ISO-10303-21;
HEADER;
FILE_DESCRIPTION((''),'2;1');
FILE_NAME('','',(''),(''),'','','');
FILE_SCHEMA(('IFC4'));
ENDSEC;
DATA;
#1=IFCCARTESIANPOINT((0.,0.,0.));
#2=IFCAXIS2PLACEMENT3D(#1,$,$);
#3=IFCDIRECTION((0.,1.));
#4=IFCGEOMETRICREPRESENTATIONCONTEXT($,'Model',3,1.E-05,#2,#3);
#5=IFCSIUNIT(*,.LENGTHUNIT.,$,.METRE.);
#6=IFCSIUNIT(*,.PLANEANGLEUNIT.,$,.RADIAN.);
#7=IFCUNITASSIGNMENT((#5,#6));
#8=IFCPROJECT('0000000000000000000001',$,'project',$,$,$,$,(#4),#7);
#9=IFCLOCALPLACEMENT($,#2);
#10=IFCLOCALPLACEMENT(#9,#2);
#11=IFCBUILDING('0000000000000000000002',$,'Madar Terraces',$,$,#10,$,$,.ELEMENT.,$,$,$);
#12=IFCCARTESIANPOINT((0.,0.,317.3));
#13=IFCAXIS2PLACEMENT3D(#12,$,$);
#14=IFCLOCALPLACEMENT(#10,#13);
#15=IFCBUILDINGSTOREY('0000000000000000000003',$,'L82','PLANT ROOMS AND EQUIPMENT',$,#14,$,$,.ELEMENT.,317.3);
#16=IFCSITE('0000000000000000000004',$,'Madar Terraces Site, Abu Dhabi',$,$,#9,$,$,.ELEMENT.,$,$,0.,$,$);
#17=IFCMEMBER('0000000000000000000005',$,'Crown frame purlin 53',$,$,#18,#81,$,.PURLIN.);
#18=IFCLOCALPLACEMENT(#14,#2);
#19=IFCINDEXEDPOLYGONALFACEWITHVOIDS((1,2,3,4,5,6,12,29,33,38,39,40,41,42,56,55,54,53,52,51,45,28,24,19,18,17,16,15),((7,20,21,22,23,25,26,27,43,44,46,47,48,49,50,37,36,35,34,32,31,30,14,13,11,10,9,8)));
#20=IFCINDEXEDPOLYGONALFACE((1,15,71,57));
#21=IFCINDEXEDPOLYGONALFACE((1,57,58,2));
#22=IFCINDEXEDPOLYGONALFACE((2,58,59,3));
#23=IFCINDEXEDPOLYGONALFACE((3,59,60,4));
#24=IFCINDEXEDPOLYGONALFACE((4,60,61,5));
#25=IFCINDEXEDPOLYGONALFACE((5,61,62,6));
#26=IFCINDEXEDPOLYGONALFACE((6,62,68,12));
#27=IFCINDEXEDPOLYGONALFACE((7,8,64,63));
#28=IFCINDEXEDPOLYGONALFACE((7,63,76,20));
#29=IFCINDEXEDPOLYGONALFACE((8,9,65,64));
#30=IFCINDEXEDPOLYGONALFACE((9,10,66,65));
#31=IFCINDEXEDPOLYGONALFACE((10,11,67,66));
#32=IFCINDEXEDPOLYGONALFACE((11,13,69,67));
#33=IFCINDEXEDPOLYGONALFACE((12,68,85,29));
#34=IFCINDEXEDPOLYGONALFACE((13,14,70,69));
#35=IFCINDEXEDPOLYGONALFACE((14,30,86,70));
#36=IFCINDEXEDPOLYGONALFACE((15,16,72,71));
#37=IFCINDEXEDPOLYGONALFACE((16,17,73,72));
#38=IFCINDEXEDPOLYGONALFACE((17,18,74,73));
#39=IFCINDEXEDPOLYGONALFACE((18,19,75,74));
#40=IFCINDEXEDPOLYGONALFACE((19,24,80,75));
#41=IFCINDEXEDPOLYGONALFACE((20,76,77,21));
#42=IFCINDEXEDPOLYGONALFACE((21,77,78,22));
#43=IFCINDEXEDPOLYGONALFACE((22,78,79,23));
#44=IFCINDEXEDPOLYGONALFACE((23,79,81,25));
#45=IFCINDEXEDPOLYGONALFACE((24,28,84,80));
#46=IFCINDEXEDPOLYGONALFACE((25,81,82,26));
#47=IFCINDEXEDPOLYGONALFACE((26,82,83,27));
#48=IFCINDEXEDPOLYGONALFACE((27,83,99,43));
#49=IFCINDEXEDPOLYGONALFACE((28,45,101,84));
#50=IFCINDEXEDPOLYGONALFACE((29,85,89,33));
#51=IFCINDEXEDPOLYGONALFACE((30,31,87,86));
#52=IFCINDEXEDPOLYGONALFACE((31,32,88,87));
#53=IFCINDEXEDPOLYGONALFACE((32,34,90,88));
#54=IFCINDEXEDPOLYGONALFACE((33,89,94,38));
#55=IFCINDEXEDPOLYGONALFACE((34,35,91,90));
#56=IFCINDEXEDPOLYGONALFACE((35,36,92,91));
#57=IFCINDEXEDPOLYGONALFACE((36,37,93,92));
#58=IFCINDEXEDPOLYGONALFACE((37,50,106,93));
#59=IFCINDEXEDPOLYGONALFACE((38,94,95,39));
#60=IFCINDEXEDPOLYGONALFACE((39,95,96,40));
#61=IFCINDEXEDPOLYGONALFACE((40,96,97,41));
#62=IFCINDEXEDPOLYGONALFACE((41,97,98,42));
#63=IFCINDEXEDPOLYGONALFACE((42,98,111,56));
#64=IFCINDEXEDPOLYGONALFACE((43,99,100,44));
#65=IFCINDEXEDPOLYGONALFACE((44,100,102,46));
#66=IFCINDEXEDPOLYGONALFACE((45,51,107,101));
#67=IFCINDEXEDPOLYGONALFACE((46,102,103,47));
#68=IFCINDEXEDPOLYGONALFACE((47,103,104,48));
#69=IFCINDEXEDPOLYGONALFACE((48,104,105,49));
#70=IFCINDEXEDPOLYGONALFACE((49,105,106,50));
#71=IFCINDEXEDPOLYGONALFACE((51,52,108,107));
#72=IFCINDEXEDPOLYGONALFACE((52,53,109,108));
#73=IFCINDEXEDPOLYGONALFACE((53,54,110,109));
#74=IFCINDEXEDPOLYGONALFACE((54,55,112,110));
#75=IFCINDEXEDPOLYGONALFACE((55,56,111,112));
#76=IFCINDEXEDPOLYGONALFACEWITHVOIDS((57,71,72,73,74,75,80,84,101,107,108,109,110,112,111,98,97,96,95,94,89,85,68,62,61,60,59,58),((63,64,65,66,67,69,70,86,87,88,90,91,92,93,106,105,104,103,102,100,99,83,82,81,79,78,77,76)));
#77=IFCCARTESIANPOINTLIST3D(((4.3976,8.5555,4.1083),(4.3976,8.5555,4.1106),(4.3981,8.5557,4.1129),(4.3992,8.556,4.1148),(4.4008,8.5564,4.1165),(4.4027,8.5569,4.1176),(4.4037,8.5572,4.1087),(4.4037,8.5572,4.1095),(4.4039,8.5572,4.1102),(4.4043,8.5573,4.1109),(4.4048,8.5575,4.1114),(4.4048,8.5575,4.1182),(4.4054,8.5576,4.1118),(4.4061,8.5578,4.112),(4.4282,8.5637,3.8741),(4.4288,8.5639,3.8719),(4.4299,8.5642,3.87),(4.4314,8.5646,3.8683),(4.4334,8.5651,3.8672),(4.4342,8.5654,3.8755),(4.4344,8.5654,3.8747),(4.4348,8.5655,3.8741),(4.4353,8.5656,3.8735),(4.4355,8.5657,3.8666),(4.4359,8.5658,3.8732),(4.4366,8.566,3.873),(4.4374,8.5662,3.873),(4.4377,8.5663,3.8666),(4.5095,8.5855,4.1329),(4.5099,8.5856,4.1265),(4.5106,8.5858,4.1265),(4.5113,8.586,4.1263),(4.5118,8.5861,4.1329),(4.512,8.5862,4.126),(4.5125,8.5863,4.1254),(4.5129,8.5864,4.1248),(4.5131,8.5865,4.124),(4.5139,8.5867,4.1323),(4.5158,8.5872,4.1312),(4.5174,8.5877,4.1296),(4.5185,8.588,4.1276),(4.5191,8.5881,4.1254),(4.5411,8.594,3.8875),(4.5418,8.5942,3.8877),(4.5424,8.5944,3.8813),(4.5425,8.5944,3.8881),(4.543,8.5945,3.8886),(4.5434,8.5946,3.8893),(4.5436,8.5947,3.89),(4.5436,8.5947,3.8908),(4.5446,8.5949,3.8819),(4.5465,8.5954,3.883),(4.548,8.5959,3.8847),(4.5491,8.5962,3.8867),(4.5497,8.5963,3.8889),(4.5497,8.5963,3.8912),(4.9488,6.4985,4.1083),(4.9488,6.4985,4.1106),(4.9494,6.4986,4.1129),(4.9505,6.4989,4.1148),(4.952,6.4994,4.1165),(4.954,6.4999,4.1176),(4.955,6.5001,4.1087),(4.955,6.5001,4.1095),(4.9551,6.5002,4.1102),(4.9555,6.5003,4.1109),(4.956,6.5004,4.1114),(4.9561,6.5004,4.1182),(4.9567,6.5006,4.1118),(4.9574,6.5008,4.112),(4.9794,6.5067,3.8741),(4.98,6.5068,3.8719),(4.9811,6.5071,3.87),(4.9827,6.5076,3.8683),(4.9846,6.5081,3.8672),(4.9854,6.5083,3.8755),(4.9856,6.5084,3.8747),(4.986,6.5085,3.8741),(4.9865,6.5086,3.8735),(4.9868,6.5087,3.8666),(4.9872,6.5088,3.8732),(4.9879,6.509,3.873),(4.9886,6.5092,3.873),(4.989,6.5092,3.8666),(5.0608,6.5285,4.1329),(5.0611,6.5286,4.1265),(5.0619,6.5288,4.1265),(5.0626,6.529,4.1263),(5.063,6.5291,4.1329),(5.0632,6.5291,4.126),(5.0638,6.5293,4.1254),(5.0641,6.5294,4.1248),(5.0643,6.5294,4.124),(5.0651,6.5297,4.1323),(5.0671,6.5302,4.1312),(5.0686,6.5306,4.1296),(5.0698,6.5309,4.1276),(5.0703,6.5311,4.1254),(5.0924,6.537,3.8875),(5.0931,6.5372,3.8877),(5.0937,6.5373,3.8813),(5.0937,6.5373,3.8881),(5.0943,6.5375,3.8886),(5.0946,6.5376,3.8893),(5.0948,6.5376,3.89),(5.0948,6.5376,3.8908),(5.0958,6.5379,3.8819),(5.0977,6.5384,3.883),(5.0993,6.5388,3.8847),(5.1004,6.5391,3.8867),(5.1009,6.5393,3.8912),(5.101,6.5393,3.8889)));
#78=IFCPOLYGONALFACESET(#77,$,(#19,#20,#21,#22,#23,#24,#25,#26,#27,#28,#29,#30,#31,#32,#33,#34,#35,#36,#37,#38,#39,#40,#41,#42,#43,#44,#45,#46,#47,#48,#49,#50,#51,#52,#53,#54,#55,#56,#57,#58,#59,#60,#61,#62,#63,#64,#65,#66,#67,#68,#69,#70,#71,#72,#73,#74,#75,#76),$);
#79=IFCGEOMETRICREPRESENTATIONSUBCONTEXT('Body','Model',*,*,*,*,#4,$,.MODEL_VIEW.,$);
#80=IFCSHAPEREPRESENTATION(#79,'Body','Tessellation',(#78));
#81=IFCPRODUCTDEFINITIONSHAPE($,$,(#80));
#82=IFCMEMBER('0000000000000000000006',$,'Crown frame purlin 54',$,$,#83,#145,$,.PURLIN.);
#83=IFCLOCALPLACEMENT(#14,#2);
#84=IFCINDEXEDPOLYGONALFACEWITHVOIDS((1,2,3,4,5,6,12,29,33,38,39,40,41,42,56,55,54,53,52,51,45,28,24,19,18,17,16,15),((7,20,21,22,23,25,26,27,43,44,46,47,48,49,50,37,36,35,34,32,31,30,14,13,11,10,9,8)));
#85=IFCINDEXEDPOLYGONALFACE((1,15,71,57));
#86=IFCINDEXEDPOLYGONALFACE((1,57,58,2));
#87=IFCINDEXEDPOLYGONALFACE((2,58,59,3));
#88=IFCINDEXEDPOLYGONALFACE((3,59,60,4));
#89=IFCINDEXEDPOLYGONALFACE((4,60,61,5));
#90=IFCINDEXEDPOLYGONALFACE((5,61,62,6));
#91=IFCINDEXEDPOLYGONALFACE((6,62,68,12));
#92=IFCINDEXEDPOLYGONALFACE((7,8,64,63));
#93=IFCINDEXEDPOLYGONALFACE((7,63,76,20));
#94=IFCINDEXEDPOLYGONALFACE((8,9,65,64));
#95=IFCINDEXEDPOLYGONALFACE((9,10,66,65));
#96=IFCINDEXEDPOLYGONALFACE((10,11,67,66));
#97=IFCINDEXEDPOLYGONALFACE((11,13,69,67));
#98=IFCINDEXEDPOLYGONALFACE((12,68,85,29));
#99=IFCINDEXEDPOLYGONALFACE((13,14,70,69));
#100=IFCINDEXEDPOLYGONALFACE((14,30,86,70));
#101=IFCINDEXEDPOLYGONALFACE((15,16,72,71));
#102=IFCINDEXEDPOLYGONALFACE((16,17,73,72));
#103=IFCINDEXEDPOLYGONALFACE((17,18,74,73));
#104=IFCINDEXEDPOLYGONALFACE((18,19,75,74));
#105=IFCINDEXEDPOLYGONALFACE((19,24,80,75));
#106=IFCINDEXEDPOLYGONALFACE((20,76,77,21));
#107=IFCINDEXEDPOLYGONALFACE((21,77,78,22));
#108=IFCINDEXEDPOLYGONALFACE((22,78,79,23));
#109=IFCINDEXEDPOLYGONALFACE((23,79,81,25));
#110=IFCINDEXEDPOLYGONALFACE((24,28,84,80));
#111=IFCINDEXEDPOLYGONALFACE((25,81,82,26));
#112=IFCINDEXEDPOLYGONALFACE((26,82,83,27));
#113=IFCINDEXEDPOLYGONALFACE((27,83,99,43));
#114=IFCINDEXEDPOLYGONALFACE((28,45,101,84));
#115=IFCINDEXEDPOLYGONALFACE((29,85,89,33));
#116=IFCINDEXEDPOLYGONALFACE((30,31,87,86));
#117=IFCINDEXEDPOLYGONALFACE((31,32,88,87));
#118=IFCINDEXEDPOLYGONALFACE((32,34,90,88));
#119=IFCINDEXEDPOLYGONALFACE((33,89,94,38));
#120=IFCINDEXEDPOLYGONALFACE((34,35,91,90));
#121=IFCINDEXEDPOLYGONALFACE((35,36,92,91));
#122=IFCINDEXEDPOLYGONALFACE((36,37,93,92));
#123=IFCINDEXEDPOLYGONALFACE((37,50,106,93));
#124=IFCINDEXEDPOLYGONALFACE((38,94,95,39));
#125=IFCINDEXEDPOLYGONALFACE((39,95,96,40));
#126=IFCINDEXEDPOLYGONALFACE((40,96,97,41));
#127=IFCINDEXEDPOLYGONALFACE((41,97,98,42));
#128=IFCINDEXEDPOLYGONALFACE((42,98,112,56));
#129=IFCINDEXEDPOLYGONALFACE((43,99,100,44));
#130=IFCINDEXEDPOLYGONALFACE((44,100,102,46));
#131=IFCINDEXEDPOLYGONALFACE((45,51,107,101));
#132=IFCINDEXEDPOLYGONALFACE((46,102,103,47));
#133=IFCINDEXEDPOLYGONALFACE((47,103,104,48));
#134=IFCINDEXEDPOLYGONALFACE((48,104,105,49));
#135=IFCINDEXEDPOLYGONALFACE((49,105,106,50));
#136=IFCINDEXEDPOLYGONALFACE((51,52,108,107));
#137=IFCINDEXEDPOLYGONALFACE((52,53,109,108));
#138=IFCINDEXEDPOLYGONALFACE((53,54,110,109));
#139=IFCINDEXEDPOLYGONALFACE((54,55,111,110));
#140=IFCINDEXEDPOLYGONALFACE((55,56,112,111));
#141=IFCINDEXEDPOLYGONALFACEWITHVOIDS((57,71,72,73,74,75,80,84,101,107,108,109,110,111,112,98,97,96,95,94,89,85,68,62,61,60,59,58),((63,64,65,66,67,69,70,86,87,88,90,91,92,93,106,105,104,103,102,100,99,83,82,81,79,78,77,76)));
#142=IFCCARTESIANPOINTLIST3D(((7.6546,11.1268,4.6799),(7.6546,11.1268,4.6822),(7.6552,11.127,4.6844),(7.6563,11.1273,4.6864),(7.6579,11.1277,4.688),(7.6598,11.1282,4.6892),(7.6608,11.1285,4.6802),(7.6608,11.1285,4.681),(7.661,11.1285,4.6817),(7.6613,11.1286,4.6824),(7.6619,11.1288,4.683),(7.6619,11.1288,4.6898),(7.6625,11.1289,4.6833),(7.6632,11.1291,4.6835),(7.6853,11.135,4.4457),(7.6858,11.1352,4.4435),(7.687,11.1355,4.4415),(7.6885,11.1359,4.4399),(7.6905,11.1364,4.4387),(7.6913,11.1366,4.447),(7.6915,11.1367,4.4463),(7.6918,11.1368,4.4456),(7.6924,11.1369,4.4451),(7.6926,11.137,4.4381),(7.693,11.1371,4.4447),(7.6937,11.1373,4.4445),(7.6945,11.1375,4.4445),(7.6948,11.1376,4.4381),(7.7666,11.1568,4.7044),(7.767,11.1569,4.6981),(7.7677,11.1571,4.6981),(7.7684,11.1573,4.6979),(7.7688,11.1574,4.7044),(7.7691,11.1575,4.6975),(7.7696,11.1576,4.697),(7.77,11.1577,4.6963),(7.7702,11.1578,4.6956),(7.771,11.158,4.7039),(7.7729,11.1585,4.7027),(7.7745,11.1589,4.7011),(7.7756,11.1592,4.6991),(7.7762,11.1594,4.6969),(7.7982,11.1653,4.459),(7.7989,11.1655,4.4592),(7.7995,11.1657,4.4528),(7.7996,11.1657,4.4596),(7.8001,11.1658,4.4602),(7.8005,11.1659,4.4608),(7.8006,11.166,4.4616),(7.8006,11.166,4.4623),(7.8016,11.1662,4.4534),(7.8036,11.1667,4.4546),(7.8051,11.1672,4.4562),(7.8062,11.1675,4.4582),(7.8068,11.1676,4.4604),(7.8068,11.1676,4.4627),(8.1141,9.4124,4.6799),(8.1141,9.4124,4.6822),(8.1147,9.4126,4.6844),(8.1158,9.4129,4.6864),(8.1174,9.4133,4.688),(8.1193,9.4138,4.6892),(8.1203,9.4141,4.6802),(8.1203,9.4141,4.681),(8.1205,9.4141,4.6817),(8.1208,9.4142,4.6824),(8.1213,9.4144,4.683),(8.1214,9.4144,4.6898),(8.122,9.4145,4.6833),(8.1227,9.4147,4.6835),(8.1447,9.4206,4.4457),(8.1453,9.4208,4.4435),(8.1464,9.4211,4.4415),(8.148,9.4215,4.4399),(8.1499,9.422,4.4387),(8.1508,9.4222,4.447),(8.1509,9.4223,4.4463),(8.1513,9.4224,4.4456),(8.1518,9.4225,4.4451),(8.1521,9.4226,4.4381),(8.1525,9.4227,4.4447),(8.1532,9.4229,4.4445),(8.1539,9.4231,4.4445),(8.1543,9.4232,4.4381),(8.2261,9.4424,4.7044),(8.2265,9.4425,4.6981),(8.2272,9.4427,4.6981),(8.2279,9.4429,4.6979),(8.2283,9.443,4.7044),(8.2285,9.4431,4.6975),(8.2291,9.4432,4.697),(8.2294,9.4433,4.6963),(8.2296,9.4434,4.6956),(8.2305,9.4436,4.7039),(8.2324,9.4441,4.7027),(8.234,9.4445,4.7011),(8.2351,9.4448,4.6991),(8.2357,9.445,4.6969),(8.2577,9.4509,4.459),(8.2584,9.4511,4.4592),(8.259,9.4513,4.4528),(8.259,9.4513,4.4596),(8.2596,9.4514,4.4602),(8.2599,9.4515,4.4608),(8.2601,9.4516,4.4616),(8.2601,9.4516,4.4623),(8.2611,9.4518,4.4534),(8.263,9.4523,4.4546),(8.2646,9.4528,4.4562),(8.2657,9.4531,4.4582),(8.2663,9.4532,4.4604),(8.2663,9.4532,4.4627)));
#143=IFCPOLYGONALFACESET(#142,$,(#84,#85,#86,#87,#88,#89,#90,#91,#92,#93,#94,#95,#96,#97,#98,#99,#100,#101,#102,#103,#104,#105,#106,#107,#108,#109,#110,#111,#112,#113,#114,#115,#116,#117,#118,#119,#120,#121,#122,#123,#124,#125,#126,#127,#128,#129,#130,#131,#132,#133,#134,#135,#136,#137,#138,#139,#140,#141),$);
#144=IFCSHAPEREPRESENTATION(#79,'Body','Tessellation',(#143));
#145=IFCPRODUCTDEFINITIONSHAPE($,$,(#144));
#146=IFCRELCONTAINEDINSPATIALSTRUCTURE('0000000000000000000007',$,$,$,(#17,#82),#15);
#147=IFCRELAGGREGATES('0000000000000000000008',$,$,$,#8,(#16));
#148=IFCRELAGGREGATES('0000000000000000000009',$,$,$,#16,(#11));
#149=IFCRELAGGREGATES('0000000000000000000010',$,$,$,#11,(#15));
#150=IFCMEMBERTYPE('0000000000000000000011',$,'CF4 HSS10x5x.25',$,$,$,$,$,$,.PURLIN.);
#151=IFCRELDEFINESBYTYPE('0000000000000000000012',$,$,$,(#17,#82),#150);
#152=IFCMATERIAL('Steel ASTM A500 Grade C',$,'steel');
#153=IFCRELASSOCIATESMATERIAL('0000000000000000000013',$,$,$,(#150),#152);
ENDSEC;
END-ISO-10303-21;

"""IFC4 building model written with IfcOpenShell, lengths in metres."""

from ifc_helpers import new_model, si_unit, direction, frame, origin, origin_2d, place, context, subcontext, project, spatial, hollow_rectangle, extrude, material, material_profile, profile_set, type_object, element, save


model = new_model("IFC4")

# Units and contexts
model_context = context("Model", 3, precision=1e-05, world=origin(), true_north=direction((0.0, 1.0)))
body_context = subcontext(model_context, "Body", "Model", "MODEL_VIEW")
ifc_project = project(units=[si_unit("LENGTHUNIT", "METRE"), si_unit("PLANEANGLEUNIT", "RADIAN")], contexts=[model_context])

# Site, building, storey
site_placement = place(None, origin())
site = spatial("IfcSite", under=ifc_project, at=site_placement, Name="Madar Terraces Site, Abu Dhabi", CompositionType="ELEMENT", RefElevation=0.0)
building_placement = place(site_placement, origin())
building = spatial("IfcBuilding", under=site, at=building_placement, Name="Madar Terraces", CompositionType="ELEMENT")
storey_placement = place(building_placement, frame((0.0, 0.0, 317.3)))
storey = spatial("IfcBuildingStorey", under=building, at=storey_placement, Name="L82", Description="PLANT ROOMS AND EQUIPMENT", CompositionType="ELEMENT", Elevation=317.3)

# Members
ifc_material_1 = material(Name="Steel ASTM A500 Grade C", Category="steel")
ifc_material_profile_1 = material_profile(ifc_material_1, hollow_rectangle(XDim=0.127, YDim=0.2539, WallThickness=0.0063, InnerFilletRadius=0.0029, OuterFilletRadius=0.0088, at=origin_2d()), Name="HSS10x5x.25")
ifc_profile_set_1 = profile_set([ifc_material_profile_1], Name="Steel ASTM A500 Grade C")
member_type_1 = type_object("IfcMemberType", Name="CF4 HSS10x5x.25", PredefinedType="PURLIN", material=ifc_profile_set_1)
member_1_placement = place(storey_placement, frame((4.4736, 8.5759, 3.9998), z_axis=(0.258847, -0.965918, 0.0), x_axis=(0.957196, 0.256509, 0.134086)))
element("IfcMember", 1, at=member_1_placement, inside=storey, type_object=member_type_1, Name="Crown frame purlin 53", PredefinedType="PURLIN", context=body_context, shape_type="SweptSolid", body=[
    extrude(hollow_rectangle(XDim=0.127, YDim=0.2539, WallThickness=0.0063, InnerFilletRadius=0.0029, OuterFilletRadius=0.0088, at=origin_2d()), origin(), (0.0, 0.0, 1.0), 2.1296),
])
member_2_placement = place(storey_placement, frame((7.7307, 11.1472, 4.5713), z_axis=(0.258878, -0.96591, 0.0), x_axis=(0.957187, 0.25654, 0.134086)))
element("IfcMember", 2, at=member_2_placement, inside=storey, type_object=member_type_1, Name="Crown frame purlin 54", PredefinedType="PURLIN", context=body_context, shape_type="SweptSolid", body=[
    extrude(hollow_rectangle(XDim=0.127, YDim=0.2539, WallThickness=0.0063, InnerFilletRadius=0.0029, OuterFilletRadius=0.0088, at=origin_2d()), origin(), (0.0, 0.0, 1.0), 1.7749),
])

save(model, "model.ifc")
